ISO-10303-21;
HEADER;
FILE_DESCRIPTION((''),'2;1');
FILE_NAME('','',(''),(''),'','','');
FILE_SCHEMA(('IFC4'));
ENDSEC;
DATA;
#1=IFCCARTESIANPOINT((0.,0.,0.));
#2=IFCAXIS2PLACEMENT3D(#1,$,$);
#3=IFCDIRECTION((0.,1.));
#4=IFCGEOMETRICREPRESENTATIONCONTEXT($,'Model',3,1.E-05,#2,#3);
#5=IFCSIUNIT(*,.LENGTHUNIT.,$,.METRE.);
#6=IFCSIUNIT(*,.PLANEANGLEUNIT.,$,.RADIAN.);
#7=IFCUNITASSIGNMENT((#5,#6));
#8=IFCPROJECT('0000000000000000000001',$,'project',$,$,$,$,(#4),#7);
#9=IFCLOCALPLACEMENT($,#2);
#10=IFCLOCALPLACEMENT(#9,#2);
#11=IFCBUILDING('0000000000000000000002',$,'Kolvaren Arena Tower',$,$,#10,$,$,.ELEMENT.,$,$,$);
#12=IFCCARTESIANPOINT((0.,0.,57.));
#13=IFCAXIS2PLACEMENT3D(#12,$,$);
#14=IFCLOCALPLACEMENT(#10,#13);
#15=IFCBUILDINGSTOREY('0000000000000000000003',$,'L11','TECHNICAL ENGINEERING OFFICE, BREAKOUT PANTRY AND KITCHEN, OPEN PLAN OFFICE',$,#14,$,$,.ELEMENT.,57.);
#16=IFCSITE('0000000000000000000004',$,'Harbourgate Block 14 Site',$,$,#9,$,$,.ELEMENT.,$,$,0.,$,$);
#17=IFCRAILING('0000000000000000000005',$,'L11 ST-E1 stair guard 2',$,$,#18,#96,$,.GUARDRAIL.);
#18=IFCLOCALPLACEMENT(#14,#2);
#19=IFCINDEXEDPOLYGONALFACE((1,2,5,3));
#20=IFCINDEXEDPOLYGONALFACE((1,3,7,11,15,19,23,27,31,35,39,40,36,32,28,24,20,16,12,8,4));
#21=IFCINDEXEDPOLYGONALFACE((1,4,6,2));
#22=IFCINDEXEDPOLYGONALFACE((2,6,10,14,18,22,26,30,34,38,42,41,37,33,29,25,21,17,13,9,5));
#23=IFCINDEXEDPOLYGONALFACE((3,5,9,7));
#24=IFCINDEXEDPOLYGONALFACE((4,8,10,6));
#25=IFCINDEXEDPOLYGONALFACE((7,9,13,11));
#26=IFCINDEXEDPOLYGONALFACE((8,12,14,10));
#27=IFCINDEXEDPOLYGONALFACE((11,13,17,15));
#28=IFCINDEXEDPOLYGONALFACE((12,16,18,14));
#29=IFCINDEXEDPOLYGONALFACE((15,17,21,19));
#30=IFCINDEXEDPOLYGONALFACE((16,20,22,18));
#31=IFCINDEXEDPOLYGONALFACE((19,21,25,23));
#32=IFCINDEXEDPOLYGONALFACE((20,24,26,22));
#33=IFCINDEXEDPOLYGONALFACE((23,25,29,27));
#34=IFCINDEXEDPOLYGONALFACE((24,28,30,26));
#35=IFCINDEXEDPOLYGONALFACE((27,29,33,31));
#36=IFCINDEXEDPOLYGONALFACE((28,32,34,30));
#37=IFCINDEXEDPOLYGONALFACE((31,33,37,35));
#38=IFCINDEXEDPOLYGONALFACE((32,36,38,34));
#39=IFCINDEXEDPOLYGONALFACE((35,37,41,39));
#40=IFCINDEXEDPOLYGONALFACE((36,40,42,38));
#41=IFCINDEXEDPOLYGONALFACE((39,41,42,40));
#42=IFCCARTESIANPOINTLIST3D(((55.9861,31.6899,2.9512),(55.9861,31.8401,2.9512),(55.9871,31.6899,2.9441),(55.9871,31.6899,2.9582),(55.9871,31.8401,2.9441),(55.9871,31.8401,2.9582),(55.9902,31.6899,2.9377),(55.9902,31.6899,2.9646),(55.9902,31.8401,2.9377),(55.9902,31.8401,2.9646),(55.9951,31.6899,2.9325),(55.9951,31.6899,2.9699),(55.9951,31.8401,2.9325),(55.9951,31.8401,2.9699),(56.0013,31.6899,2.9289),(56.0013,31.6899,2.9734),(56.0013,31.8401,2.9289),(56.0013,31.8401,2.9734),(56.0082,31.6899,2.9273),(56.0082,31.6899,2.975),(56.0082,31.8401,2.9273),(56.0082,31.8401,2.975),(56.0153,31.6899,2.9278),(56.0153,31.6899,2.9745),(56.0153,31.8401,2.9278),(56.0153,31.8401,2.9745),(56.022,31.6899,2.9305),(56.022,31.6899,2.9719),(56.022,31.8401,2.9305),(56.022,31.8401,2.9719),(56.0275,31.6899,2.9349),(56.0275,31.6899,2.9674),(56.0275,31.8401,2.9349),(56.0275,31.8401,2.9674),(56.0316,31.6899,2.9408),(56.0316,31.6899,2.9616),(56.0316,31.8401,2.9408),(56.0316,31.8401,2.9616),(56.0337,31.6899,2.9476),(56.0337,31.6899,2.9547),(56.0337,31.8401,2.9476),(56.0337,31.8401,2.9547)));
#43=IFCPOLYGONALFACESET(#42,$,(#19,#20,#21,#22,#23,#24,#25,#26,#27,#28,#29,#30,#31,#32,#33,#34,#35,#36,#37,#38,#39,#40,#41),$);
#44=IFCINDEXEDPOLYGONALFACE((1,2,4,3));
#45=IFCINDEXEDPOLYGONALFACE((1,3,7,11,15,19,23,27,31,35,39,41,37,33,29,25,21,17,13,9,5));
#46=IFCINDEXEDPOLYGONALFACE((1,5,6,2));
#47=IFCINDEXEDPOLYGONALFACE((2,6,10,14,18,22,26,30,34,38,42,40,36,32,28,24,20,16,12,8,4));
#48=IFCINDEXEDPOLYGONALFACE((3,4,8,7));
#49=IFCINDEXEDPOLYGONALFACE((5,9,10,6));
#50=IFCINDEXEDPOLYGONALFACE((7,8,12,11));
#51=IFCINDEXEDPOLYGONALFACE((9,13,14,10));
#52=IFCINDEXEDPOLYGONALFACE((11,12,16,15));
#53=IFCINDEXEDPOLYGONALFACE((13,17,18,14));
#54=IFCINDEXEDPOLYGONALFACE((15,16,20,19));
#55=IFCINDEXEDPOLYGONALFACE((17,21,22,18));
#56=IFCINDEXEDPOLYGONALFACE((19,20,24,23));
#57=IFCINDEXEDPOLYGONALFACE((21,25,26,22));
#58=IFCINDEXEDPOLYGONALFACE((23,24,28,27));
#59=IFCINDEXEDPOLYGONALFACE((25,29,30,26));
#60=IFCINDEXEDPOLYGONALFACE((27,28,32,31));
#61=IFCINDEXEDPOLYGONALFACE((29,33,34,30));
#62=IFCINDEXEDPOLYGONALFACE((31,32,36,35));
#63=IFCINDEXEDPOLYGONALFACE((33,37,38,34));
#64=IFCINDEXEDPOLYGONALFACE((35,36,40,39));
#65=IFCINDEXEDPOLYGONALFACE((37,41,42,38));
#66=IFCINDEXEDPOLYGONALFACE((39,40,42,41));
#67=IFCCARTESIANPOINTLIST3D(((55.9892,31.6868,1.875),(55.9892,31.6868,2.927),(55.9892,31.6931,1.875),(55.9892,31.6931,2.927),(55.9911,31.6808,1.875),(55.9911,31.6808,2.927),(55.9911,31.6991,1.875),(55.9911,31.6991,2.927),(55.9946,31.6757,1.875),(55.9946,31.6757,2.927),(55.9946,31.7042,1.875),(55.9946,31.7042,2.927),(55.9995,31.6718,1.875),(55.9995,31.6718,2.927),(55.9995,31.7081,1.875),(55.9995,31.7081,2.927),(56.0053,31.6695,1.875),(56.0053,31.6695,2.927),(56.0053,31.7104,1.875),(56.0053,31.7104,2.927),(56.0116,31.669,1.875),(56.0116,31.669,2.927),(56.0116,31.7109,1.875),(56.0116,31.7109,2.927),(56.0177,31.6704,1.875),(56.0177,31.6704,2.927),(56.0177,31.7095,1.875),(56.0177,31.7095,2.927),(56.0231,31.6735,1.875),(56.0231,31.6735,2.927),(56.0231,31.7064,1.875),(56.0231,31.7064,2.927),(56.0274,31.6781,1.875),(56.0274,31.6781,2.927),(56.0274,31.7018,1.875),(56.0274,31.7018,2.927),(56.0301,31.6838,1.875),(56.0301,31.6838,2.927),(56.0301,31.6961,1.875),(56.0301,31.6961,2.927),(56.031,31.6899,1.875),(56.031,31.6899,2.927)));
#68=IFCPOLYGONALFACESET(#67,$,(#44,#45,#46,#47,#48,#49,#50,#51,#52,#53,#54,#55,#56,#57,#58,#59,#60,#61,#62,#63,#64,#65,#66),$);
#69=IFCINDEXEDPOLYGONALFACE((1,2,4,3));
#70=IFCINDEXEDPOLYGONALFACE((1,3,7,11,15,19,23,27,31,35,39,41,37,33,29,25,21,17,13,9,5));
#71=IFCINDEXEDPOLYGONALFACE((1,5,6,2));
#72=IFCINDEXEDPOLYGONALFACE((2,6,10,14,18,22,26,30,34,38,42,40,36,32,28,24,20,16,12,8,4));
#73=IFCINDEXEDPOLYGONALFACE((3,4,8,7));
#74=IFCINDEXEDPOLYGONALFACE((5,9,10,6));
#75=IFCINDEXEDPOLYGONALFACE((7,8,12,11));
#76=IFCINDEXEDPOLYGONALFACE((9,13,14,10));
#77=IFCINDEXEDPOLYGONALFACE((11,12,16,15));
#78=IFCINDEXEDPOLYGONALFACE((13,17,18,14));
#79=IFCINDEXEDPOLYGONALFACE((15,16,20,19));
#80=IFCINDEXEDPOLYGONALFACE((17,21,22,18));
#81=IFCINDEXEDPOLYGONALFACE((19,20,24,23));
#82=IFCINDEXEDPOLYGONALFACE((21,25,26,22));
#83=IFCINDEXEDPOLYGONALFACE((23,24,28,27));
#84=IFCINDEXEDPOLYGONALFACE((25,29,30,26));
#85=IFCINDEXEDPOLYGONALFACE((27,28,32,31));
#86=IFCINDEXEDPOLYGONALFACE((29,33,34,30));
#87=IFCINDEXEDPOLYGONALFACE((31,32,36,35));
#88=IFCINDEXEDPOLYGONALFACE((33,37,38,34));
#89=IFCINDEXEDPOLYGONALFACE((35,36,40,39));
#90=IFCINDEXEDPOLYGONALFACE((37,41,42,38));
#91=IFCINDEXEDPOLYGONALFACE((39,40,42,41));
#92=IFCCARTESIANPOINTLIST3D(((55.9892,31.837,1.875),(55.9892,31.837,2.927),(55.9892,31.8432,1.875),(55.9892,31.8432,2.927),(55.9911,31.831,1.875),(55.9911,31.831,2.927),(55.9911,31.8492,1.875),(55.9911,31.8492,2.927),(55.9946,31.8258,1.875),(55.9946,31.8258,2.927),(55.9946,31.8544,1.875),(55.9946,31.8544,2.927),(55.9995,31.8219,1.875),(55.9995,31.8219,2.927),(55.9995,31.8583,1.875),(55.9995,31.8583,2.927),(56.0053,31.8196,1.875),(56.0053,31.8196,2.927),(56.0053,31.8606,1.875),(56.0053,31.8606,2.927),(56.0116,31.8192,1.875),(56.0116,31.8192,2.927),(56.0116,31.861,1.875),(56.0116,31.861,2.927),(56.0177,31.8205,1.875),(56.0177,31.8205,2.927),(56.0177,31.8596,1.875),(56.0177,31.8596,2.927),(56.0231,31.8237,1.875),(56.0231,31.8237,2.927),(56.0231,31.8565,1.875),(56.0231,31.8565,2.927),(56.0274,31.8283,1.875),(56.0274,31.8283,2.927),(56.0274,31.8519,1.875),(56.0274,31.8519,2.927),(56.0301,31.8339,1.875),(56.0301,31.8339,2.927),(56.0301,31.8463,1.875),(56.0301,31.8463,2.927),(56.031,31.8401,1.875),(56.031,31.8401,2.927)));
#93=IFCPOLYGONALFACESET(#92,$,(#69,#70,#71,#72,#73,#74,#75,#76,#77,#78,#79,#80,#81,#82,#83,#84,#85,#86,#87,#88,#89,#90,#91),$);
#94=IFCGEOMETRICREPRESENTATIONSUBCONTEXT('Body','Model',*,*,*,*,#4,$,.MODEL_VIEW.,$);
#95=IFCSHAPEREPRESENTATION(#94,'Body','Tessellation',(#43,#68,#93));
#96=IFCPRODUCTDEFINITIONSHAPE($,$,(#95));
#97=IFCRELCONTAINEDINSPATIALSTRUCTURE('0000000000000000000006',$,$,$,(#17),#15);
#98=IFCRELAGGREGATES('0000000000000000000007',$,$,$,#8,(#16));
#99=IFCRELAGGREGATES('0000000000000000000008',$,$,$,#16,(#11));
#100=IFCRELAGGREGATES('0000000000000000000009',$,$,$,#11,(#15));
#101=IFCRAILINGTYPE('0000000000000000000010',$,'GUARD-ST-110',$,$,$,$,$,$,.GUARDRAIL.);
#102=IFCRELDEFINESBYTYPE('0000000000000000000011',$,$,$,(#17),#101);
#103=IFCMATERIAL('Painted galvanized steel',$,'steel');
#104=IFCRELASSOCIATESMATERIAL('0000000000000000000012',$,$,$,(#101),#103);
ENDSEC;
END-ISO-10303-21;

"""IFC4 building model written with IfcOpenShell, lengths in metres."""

from ifc_helpers import new_model, si_unit, direction, frame, origin, origin_2d, place, context, subcontext, project, spatial, circle, extrude, material, type_object, element, save


model = new_model("IFC4")

# Units and contexts
model_context = context("Model", 3, precision=1e-05, world=origin(), true_north=direction((0.0, 1.0)))
body_context = subcontext(model_context, "Body", "Model", "MODEL_VIEW")
ifc_project = project(units=[si_unit("LENGTHUNIT", "METRE"), si_unit("PLANEANGLEUNIT", "RADIAN")], contexts=[model_context])

# Site, building, storey
site_placement = place(None, origin())
site = spatial("IfcSite", under=ifc_project, at=site_placement, Name="Harbourgate Block 14 Site", CompositionType="ELEMENT", RefElevation=0.0)
building_placement = place(site_placement, origin())
building = spatial("IfcBuilding", under=site, at=building_placement, Name="Kolvaren Arena Tower", CompositionType="ELEMENT")
storey_placement = place(building_placement, frame((0.0, 0.0, 57.0)))
storey = spatial("IfcBuildingStorey", under=building, at=storey_placement, Name="L11", Description="TECHNICAL ENGINEERING OFFICE, BREAKOUT PANTRY AND KITCHEN, OPEN PLAN OFFICE", CompositionType="ELEMENT", Elevation=57.0)

# Railing
ifc_material_1 = material(Name="Painted galvanized steel", Category="steel")
railing_type_1 = type_object("IfcRailingType", Name="GUARD-ST-110", PredefinedType="GUARDRAIL", material=ifc_material_1)
railing_1_placement = place(storey_placement, frame((56.01, 31.6899, 1.875)))
element("IfcRailing", 1, at=railing_1_placement, inside=storey, type_object=railing_type_1, Name="L11 ST-E1 stair guard 2", PredefinedType="GUARDRAIL", context=body_context, shape_type="SweptSolid", body=[
    extrude(circle(Radius=0.0239, at=origin_2d()), frame((0.0, 0.0, 1.0762), z_axis=(0.0, 1.0, 0.0), x_axis=(-1.0, 0.0, 0.0)), (0.0, 0.0, 1.0), 0.1501),
    extrude(circle(Radius=0.021, at=origin_2d()), origin(), (0.0, 0.0, 1.0), 1.052),
    extrude(circle(Radius=0.021, at=origin_2d()), frame((0.0, 0.1501, 0.0)), (0.0, 0.0, 1.0), 1.052),
])

save(model, "model.ifc")
